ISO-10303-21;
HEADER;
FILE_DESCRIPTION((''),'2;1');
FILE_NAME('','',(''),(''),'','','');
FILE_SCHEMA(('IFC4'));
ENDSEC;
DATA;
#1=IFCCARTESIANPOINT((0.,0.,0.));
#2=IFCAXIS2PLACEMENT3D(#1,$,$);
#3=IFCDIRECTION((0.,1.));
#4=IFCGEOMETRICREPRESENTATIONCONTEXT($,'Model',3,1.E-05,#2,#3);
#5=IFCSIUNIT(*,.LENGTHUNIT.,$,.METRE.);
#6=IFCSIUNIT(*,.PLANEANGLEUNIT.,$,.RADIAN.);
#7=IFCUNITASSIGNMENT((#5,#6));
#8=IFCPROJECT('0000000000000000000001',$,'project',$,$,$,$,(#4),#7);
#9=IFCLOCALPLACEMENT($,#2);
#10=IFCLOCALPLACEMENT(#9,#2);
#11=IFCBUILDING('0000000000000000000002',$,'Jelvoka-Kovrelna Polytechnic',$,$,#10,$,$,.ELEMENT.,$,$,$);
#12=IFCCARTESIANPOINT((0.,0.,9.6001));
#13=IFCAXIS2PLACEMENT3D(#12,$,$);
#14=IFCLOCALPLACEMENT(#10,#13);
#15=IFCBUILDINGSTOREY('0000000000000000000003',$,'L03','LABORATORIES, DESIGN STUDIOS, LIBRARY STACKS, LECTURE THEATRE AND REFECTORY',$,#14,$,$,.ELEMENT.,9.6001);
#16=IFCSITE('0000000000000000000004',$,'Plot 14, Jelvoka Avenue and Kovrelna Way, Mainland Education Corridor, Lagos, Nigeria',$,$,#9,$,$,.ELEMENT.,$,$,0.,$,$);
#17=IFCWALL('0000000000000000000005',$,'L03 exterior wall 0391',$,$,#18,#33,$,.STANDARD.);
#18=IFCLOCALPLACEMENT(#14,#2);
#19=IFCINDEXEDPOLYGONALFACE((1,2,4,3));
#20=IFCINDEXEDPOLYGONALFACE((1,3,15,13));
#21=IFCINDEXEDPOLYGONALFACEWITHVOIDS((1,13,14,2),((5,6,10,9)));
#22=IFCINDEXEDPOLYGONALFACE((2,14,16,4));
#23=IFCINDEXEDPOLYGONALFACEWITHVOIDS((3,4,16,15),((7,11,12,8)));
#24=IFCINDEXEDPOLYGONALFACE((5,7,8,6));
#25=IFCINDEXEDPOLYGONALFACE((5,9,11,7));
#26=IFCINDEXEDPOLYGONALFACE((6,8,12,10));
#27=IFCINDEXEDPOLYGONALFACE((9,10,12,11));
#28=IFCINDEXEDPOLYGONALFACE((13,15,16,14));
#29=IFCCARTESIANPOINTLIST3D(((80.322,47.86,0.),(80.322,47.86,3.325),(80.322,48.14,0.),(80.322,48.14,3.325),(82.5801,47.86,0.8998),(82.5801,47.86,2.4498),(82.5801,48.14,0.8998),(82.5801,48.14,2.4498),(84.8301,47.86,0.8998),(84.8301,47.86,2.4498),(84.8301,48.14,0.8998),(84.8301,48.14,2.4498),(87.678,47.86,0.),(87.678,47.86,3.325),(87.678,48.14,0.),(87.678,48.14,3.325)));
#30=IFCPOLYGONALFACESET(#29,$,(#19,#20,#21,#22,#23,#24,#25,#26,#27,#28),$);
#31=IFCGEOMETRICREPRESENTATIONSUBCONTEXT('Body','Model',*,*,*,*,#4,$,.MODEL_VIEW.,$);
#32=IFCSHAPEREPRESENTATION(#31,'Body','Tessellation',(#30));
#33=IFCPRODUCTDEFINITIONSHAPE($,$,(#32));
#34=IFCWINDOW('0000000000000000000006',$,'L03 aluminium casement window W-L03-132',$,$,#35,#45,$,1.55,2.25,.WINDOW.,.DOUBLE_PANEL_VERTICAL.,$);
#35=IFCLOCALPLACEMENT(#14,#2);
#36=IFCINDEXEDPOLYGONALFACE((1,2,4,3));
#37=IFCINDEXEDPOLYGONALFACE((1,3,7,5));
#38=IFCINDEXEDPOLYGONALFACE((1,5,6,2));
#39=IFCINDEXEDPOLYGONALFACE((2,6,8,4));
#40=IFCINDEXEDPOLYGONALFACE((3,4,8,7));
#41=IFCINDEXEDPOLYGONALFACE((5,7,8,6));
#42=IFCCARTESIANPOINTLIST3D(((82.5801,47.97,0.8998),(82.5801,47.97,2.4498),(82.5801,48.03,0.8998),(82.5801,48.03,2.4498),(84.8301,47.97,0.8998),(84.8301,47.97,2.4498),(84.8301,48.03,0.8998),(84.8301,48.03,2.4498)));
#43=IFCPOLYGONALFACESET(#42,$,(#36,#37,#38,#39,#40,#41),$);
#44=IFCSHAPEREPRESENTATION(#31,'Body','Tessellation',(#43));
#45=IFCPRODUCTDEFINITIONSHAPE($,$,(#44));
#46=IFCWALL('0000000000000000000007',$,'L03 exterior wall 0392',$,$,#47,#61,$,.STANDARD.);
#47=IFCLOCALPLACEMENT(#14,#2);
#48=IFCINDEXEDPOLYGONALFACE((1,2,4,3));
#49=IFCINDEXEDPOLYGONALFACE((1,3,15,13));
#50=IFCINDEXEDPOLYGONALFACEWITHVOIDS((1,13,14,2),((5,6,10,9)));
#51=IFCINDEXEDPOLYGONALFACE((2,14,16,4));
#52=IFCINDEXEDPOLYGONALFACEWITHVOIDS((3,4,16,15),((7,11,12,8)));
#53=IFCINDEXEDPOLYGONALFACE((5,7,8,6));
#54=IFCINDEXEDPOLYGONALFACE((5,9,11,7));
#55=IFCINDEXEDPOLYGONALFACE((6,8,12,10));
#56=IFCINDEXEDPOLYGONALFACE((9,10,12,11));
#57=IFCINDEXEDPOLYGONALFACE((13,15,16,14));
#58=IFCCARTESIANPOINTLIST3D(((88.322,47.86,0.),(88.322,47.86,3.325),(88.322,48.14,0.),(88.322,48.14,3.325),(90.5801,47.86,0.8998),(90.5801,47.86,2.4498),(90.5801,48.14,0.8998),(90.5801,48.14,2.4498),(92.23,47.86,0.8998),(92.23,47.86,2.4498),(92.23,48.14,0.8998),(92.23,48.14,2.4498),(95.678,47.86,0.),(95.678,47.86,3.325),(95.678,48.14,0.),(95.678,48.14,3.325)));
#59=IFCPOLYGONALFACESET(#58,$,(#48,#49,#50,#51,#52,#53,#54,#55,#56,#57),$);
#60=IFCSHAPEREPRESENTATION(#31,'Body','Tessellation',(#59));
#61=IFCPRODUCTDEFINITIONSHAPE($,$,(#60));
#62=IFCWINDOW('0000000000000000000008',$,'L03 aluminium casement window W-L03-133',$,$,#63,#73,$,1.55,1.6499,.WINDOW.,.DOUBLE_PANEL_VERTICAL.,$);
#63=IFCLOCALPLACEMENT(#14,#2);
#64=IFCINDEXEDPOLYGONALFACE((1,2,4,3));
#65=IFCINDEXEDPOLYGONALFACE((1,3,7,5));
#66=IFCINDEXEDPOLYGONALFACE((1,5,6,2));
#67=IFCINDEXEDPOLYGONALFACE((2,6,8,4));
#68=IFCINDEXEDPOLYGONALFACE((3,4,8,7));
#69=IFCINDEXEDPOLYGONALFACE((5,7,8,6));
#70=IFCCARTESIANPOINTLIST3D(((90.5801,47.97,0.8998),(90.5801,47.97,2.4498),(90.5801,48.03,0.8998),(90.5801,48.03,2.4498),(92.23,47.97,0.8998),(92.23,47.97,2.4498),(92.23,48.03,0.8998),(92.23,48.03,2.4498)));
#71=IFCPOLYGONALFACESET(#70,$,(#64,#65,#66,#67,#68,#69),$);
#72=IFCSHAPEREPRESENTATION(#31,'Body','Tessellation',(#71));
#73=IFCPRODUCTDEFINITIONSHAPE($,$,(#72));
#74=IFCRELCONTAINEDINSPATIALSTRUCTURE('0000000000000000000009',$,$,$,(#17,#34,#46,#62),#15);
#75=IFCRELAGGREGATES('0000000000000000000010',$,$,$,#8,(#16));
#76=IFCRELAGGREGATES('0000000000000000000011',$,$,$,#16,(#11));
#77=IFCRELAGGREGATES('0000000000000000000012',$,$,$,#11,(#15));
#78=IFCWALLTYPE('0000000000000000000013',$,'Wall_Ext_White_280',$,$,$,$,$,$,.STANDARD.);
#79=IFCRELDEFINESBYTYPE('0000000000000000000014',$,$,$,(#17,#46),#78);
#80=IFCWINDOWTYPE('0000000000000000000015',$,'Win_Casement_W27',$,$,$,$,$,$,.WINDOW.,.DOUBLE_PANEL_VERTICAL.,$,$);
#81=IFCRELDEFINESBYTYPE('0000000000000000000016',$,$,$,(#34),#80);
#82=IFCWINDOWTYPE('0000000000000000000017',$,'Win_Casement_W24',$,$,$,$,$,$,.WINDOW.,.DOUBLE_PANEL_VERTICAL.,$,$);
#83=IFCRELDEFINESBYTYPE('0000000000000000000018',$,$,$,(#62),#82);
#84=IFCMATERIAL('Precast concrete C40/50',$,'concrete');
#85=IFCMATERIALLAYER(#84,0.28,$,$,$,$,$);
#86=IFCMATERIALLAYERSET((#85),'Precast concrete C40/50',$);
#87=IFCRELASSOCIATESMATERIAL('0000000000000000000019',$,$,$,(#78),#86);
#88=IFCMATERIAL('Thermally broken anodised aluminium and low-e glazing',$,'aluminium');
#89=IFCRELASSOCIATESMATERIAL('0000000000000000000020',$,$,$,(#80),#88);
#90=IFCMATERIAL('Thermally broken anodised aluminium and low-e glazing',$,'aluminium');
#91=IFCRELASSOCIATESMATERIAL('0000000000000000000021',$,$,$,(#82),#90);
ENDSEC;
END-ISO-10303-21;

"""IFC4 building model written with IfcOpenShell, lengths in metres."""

from ifc_helpers import new_model, si_unit, direction, frame, frame_2d, origin, place, context, subcontext, project, spatial, rectangle, extrude, material, layer, layer_set, type_object, element, fill, save


model = new_model("IFC4")

# Units and contexts
model_context = context("Model", 3, precision=1e-05, world=origin(), true_north=direction((0.0, 1.0)))
body_context = subcontext(model_context, "Body", "Model", "MODEL_VIEW")
ifc_project = project(units=[si_unit("LENGTHUNIT", "METRE"), si_unit("PLANEANGLEUNIT", "RADIAN")], contexts=[model_context])

# Site, building, storey
site_placement = place(None, origin())
site = spatial("IfcSite", under=ifc_project, at=site_placement, Name="Plot 14, Jelvoka Avenue and Kovrelna Way, Mainland Education Corridor, Lagos, Nigeria", CompositionType="ELEMENT", RefElevation=0.0)
building_placement = place(site_placement, origin())
building = spatial("IfcBuilding", under=site, at=building_placement, Name="Jelvoka-Kovrelna Polytechnic", CompositionType="ELEMENT")
storey_placement = place(building_placement, frame((0.0, 0.0, 9.6001)))
storey = spatial("IfcBuildingStorey", under=building, at=storey_placement, Name="L03", Description="LABORATORIES, DESIGN STUDIOS, LIBRARY STACKS, LECTURE THEATRE AND REFECTORY", CompositionType="ELEMENT", Elevation=9.6001)

# Walls, openings, windows
ifc_material_1 = material(Name="Precast concrete C40/50", Category="concrete")
ifc_layer_1 = layer(ifc_material_1, 0.28)
ifc_layer_set_1 = layer_set([ifc_layer_1], Name="Precast concrete C40/50")
wall_type_1 = type_object("IfcWallType", Name="Wall_Ext_White_280", PredefinedType="STANDARD", material=ifc_layer_set_1)
wall_1_placement = place(storey_placement, frame((80.322, 48.0, 0.0), z_axis=(0.0, 0.0, 1.0), x_axis=(1.0, 0.0, 0.0)))
wall_1 = element("IfcWall", 1, at=wall_1_placement, inside=storey, type_object=wall_type_1, Name="L03 exterior wall 0391", PredefinedType="STANDARD", context=body_context, shape_type="SweptSolid", body=[
    extrude(rectangle(XDim=7.356, YDim=0.28, at=frame_2d((3.678, 0.0))), origin(), (0.0, 0.0, 1.0), 3.325),
])
opening_1_placement = place(wall_1_placement, frame((2.2581, 0.0, 0.8999)))
opening_1 = element("IfcOpeningElement", 2, at=opening_1_placement, cuts=wall_1, PredefinedType="OPENING", context=body_context, shape_type="SweptSolid", body=[
    extrude(rectangle(XDim=2.25, YDim=1.55, at=frame_2d((1.125, 0.7749))), frame((0.0, 0.1501, 0.0), z_axis=(0.0, -1.0, 0.0), x_axis=(1.0, 0.0, 0.0)), (0.0, 0.0, 1.0), 0.3),
])
ifc_material_2 = material(Name="Thermally broken anodised aluminium and low-e glazing", Category="aluminium")
window_type_1 = type_object("IfcWindowType", Name="Win_Casement_W27", PartitioningType="DOUBLE_PANEL_VERTICAL", PredefinedType="WINDOW", material=ifc_material_2)
window_1_placement = place(opening_1_placement, origin())
window_1 = element("IfcWindow", 3, at=window_1_placement, inside=storey, type_object=window_type_1, Name="L03 aluminium casement window W-L03-132", OverallHeight=1.55, OverallWidth=2.25, PartitioningType="DOUBLE_PANEL_VERTICAL", PredefinedType="WINDOW", context=body_context, shape_type="SweptSolid", body=[
    extrude(rectangle(XDim=2.25, YDim=1.55, at=frame_2d((1.125, 0.7749))), frame((0.0, 0.03, 0.0), z_axis=(0.0, -1.0, 0.0), x_axis=(1.0, 0.0, 0.0)), (0.0, 0.0, 1.0), 0.0601),
])
fill(opening_1, window_1)
wall_2_placement = place(storey_placement, frame((88.322, 48.0, 0.0), z_axis=(0.0, 0.0, 1.0), x_axis=(1.0, 0.0, 0.0)))
wall_2 = element("IfcWall", 4, at=wall_2_placement, inside=storey, type_object=wall_type_1, Name="L03 exterior wall 0392", PredefinedType="STANDARD", context=body_context, shape_type="SweptSolid", body=[
    extrude(rectangle(XDim=7.356, YDim=0.28, at=frame_2d((3.678, 0.0))), origin(), (0.0, 0.0, 1.0), 3.325),
])
opening_2_placement = place(wall_2_placement, frame((2.2581, 0.0, 0.8999)))
opening_2 = element("IfcOpeningElement", 5, at=opening_2_placement, cuts=wall_2, PredefinedType="OPENING", context=body_context, shape_type="SweptSolid", body=[
    extrude(rectangle(XDim=1.6499, YDim=1.55, at=frame_2d((0.825, 0.7749))), frame((0.0, 0.1501, 0.0), z_axis=(0.0, -1.0, 0.0), x_axis=(1.0, 0.0, 0.0)), (0.0, 0.0, 1.0), 0.3),
])
ifc_material_3 = material(Name="Thermally broken anodised aluminium and low-e glazing", Category="aluminium")
window_type_2 = type_object("IfcWindowType", Name="Win_Casement_W24", PartitioningType="DOUBLE_PANEL_VERTICAL", PredefinedType="WINDOW", material=ifc_material_3)
window_2_placement = place(opening_2_placement, origin())
window_2 = element("IfcWindow", 6, at=window_2_placement, inside=storey, type_object=window_type_2, Name="L03 aluminium casement window W-L03-133", OverallHeight=1.55, OverallWidth=1.6499, PartitioningType="DOUBLE_PANEL_VERTICAL", PredefinedType="WINDOW", context=body_context, shape_type="SweptSolid", body=[
    extrude(rectangle(XDim=1.6499, YDim=1.55, at=frame_2d((0.825, 0.7749))), frame((0.0, 0.03, 0.0), z_axis=(0.0, -1.0, 0.0), x_axis=(1.0, 0.0, 0.0)), (0.0, 0.0, 1.0), 0.0601),
])
fill(opening_2, window_2)

save(model, "model.ifc")
